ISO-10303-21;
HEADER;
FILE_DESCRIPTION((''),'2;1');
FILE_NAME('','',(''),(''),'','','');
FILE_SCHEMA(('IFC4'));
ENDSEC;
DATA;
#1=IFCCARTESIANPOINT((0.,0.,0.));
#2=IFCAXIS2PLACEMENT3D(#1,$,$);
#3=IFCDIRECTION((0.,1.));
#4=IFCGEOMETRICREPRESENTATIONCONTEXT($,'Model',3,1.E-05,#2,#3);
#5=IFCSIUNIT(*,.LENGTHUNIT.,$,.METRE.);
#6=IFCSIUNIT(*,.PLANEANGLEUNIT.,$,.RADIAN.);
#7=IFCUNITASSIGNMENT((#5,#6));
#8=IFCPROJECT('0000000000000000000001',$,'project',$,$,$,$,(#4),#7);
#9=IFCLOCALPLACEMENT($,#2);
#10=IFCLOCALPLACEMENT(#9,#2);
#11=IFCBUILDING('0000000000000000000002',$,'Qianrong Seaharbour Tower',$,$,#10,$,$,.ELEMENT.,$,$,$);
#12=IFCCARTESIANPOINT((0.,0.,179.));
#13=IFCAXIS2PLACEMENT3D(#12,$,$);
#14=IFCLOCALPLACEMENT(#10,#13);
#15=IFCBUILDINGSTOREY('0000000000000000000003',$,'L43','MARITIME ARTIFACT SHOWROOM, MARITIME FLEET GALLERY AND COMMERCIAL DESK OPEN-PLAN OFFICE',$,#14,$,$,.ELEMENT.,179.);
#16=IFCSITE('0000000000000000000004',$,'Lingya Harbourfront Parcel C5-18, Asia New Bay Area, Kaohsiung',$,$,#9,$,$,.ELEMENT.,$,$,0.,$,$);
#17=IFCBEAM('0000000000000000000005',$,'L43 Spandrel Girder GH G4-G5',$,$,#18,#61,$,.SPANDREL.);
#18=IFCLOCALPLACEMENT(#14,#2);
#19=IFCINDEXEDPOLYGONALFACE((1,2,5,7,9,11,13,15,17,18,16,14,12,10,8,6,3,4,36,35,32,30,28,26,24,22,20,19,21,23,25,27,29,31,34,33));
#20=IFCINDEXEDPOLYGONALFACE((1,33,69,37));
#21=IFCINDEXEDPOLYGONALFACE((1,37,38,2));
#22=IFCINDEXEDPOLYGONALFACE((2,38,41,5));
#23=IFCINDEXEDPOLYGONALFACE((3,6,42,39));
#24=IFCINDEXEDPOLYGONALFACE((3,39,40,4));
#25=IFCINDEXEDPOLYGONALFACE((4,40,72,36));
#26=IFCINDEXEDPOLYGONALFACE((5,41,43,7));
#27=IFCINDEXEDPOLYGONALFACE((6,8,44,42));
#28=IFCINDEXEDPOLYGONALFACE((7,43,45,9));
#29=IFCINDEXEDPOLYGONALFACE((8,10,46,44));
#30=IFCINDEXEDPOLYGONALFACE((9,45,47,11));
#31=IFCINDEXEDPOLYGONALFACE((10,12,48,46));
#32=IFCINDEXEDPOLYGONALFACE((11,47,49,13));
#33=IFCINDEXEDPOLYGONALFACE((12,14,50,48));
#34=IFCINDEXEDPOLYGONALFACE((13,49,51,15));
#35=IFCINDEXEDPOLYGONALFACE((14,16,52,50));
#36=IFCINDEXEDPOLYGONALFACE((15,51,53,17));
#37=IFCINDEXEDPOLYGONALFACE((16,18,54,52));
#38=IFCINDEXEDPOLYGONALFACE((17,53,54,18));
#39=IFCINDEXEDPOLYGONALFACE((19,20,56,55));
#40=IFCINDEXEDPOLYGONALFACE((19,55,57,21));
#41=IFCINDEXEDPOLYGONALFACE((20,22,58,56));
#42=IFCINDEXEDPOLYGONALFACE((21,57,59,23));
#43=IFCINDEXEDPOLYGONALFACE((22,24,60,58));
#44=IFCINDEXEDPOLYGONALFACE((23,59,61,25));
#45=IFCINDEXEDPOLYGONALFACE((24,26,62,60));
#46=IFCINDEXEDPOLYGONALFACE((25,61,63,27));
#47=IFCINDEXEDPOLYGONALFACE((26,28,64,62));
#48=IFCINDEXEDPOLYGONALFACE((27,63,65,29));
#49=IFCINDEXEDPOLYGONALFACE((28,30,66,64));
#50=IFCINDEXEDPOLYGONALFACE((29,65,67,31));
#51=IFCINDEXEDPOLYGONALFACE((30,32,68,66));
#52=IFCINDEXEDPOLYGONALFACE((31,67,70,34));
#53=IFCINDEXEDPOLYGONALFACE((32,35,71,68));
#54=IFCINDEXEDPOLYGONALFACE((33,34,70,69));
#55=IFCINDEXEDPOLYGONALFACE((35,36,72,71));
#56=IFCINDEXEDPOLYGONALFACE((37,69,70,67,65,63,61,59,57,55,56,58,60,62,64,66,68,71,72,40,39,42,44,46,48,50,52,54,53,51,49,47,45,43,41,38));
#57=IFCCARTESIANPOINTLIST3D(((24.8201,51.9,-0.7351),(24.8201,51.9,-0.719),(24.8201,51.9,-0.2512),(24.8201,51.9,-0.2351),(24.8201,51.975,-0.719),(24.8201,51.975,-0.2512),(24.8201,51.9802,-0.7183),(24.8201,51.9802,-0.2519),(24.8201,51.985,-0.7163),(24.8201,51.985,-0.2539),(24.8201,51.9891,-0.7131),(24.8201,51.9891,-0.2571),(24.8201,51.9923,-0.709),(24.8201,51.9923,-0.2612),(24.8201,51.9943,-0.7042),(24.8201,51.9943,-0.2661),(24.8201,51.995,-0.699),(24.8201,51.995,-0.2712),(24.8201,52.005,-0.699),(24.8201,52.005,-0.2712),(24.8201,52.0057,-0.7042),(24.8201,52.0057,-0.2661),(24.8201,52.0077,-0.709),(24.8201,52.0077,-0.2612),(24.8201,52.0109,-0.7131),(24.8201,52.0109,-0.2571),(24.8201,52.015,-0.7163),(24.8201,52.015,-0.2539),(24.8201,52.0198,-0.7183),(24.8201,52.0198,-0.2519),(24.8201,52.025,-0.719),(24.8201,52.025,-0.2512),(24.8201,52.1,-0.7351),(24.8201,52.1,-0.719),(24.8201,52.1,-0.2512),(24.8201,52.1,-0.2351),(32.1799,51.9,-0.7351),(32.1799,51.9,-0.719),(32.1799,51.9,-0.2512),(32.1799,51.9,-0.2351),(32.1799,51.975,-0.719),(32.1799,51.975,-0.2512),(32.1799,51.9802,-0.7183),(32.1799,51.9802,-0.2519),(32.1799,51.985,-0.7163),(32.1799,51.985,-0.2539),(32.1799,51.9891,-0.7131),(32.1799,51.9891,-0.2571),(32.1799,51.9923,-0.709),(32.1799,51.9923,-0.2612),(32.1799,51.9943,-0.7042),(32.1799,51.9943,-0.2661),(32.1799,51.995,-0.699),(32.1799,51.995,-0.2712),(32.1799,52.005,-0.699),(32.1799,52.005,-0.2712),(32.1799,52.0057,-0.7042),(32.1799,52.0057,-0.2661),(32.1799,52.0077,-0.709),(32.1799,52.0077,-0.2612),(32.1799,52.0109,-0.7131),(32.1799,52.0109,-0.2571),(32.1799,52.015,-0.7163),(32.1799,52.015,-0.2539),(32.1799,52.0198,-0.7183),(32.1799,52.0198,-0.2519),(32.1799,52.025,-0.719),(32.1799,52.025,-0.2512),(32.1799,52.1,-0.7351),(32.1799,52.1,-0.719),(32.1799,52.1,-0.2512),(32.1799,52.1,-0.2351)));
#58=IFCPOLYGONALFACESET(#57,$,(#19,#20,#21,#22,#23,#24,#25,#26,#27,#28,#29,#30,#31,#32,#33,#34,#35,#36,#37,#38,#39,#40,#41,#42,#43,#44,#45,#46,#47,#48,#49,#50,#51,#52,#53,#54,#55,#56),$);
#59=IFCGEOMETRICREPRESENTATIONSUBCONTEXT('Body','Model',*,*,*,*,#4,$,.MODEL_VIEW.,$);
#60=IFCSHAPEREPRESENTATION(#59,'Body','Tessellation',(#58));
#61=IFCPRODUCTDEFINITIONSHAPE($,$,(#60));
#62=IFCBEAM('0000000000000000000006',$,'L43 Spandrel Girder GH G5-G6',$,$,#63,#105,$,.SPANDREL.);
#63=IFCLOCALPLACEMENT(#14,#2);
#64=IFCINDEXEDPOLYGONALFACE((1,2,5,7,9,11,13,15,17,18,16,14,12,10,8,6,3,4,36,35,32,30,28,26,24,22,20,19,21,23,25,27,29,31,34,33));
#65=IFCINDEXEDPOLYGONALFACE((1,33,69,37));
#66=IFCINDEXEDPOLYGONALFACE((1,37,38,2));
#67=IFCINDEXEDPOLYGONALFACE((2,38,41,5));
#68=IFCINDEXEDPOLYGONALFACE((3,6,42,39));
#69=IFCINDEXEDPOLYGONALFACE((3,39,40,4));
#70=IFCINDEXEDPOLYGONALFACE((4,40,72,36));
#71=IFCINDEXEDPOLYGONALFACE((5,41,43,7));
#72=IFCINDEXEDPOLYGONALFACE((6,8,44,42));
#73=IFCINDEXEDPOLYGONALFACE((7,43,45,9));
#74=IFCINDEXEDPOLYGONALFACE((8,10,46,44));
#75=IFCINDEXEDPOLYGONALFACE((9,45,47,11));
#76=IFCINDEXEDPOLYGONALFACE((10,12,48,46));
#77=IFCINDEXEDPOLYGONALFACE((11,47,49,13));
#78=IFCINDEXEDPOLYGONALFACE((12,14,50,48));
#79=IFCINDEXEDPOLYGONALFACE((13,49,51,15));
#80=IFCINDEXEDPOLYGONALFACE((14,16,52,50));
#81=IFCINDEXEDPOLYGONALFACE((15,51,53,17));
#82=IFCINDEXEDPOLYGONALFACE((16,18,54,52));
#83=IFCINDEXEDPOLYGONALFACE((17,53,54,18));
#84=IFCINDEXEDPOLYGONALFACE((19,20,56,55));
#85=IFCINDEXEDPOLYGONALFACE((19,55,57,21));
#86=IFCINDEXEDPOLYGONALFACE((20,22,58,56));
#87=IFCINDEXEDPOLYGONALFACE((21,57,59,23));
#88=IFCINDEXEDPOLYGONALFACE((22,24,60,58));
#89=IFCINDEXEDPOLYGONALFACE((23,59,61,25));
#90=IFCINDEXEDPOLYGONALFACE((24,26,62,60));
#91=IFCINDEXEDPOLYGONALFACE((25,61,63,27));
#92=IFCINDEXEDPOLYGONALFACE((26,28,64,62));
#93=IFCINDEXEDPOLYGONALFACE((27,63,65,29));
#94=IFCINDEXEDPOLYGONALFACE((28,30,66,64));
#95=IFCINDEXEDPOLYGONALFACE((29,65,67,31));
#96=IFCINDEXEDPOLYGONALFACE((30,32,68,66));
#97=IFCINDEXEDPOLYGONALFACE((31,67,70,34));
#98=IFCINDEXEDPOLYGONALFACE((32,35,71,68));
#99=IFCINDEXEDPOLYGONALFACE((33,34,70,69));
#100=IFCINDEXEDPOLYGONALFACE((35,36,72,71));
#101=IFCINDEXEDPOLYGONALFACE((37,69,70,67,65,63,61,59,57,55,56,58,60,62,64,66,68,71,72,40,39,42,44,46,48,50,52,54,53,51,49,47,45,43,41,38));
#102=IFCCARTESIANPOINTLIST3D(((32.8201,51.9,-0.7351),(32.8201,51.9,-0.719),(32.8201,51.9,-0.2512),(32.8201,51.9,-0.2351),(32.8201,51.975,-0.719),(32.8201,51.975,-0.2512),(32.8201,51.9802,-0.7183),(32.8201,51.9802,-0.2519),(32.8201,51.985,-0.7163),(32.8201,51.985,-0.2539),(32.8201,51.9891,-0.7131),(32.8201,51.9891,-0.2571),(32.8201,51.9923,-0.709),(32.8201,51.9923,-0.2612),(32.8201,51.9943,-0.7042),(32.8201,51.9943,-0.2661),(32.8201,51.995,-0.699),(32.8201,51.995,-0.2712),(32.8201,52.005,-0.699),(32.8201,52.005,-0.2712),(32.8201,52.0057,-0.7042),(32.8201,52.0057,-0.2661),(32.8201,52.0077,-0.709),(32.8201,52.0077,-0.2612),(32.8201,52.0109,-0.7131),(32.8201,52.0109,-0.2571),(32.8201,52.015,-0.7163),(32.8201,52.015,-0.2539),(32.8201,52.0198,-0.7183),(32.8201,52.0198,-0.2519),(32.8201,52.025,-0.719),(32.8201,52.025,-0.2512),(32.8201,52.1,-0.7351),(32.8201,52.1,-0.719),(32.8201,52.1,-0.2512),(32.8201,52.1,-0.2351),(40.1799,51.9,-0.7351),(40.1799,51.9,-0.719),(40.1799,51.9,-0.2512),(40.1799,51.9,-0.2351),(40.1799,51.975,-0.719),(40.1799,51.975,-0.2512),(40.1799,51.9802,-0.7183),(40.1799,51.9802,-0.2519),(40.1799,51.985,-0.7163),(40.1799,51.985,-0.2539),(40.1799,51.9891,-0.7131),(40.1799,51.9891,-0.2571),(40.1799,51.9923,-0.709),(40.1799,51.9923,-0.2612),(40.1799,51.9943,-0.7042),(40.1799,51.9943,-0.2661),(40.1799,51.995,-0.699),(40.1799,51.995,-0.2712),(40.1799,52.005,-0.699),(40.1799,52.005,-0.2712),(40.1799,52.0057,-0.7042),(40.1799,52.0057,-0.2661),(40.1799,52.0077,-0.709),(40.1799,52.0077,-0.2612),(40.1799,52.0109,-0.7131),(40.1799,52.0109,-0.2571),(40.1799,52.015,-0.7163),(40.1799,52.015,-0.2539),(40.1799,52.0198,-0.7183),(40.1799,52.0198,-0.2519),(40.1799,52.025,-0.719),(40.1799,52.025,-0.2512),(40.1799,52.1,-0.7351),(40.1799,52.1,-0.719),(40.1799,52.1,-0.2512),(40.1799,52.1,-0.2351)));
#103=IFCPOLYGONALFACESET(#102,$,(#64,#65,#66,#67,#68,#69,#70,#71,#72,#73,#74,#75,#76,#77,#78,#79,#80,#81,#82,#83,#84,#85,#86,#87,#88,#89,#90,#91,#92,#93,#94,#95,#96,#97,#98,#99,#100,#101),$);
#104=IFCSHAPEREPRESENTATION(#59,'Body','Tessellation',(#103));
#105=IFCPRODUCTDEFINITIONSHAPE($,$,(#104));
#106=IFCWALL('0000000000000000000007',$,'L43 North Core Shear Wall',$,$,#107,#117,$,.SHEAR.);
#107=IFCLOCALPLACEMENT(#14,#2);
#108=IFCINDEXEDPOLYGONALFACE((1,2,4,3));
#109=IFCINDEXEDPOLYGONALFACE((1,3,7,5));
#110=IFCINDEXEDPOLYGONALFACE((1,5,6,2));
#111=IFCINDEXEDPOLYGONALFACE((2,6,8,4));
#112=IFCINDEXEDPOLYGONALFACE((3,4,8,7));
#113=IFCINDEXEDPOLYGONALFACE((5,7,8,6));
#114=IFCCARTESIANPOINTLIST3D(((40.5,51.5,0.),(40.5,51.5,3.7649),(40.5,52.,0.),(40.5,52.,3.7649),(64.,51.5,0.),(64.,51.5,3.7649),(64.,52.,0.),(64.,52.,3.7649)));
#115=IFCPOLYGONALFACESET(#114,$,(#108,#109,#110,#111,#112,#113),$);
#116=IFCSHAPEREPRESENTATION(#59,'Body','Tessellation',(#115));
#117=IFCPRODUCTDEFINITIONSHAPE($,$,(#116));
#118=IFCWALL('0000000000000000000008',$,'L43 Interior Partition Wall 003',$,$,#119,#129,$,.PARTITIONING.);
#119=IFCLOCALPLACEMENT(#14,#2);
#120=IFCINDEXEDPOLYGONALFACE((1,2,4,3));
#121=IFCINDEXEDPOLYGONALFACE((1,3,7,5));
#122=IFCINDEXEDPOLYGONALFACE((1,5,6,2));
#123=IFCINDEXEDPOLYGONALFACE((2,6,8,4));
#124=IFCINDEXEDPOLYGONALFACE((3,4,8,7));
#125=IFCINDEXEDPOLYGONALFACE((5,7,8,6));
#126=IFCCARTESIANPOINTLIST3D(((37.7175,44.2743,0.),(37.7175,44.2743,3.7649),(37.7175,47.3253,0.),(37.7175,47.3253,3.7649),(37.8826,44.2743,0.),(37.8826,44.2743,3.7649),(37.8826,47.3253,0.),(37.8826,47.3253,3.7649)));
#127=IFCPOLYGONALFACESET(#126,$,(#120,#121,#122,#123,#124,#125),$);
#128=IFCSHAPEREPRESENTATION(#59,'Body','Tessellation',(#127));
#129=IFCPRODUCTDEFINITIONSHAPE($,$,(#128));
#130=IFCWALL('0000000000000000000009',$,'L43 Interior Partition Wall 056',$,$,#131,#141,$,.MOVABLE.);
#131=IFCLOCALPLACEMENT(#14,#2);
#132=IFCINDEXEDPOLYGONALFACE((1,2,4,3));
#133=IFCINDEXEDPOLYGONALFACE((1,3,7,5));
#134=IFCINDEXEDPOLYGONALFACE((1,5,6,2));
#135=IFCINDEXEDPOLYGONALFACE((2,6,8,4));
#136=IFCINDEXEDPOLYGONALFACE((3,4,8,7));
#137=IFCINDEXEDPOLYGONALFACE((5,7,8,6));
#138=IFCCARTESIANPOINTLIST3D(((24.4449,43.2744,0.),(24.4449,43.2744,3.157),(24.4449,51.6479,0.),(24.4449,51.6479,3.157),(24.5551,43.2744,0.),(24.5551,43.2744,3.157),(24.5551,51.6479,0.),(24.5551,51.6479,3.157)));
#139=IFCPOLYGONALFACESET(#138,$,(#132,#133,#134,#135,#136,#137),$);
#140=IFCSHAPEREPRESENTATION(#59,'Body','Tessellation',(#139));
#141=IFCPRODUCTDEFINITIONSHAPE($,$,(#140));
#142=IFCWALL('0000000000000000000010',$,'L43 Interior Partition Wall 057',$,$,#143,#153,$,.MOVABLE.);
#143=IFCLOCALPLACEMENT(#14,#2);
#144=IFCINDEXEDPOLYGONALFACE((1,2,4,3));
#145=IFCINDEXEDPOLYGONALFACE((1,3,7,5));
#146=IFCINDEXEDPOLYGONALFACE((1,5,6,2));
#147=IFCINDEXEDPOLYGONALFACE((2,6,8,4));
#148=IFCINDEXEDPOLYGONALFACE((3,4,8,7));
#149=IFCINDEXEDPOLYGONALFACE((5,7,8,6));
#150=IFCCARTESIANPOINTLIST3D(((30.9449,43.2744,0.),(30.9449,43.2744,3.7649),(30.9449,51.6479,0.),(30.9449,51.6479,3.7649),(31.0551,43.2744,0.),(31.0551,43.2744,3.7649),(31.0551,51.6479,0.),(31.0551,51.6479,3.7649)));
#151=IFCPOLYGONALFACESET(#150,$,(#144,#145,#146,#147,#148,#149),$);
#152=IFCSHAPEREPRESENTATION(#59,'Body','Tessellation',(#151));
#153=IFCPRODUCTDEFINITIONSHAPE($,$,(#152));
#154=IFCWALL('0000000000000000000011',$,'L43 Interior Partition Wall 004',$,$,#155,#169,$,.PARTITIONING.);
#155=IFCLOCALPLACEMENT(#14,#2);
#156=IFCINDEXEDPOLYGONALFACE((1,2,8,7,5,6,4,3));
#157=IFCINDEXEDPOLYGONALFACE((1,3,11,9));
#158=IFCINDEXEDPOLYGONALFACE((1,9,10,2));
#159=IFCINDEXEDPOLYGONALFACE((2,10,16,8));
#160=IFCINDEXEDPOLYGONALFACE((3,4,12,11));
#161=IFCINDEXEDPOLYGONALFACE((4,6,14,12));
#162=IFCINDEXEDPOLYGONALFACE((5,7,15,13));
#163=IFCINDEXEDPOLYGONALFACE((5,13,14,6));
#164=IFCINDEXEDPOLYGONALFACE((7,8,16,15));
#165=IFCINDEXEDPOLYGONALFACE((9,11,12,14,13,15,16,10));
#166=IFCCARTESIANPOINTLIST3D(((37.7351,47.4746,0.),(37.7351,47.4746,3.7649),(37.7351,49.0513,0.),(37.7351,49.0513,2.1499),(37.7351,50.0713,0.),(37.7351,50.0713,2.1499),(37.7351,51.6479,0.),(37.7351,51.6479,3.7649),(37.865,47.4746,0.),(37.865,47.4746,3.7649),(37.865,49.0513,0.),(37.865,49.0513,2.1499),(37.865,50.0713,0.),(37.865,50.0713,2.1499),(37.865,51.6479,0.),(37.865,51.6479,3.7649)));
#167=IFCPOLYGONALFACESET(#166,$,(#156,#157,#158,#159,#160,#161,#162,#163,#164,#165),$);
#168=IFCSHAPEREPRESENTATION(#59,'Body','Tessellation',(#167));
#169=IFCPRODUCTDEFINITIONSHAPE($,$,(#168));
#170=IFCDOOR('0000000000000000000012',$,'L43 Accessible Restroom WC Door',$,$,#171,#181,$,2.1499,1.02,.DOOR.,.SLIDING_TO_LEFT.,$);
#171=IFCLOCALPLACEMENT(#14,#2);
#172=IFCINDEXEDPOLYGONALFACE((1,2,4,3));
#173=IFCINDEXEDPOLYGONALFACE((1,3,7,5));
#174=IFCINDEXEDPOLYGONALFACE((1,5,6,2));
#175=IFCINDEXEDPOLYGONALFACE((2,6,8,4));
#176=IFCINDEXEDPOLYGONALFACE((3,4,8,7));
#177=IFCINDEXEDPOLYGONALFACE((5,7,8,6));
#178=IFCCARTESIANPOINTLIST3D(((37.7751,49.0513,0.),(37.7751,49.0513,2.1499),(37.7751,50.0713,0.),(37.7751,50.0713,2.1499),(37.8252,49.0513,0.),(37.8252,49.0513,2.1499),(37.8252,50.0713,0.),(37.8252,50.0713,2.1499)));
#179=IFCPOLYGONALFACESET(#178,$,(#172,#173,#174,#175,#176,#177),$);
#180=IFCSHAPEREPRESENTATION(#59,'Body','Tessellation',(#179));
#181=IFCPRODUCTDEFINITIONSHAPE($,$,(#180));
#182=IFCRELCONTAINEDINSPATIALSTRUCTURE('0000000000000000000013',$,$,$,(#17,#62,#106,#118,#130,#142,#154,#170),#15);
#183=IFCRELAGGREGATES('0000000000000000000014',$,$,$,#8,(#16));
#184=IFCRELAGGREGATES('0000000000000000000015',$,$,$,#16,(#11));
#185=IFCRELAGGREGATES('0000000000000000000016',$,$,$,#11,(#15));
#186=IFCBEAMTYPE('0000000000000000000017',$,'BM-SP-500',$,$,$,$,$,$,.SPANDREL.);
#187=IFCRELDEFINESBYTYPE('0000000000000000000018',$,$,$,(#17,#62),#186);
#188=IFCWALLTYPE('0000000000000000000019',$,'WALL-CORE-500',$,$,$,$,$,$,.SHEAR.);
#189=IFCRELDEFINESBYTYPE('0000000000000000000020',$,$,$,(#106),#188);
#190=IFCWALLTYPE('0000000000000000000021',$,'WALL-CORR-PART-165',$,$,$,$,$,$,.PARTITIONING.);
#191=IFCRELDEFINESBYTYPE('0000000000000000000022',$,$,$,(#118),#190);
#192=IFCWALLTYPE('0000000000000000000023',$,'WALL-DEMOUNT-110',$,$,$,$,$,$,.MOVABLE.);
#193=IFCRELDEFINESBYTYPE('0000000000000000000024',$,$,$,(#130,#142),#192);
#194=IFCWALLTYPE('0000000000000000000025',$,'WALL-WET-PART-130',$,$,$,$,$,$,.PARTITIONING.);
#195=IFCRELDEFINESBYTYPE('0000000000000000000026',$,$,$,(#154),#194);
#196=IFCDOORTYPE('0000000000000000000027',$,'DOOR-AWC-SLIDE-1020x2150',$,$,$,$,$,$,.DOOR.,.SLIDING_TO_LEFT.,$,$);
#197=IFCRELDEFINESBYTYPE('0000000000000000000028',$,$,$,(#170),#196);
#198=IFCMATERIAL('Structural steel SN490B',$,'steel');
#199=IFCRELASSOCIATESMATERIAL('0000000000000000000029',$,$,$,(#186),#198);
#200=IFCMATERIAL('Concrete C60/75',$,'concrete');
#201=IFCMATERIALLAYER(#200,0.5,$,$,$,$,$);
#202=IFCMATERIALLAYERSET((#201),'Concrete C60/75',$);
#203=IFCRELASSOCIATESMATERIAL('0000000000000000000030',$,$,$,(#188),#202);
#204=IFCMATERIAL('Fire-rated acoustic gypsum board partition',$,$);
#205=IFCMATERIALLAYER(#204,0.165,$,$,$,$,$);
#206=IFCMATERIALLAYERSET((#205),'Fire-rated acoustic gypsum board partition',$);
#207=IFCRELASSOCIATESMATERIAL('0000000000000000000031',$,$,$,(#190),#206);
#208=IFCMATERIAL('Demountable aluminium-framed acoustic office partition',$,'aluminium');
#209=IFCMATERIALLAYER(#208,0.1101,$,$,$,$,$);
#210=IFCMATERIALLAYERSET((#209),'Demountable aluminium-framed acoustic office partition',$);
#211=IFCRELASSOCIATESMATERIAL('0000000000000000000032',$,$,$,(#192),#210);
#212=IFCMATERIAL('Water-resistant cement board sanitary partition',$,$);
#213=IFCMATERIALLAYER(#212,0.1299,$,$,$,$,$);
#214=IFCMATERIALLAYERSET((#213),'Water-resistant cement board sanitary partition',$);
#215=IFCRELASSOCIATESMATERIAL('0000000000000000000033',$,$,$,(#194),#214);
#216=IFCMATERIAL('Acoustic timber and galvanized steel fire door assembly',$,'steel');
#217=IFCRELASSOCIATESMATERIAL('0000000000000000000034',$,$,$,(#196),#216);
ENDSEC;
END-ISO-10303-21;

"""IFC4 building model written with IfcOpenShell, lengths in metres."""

from ifc_helpers import new_model, si_unit, direction, frame, frame_2d, origin, origin_2d, place, context, subcontext, project, spatial, rectangle, i_section, extrude, material, layer, layer_set, material_profile, profile_set, type_object, element, fill, save


model = new_model("IFC4")

# Units and contexts
model_context = context("Model", 3, precision=1e-05, world=origin(), true_north=direction((0.0, 1.0)))
body_context = subcontext(model_context, "Body", "Model", "MODEL_VIEW")
ifc_project = project(units=[si_unit("LENGTHUNIT", "METRE"), si_unit("PLANEANGLEUNIT", "RADIAN")], contexts=[model_context])

# Site, building, storey
site_placement = place(None, origin())
site = spatial("IfcSite", under=ifc_project, at=site_placement, Name="Lingya Harbourfront Parcel C5-18, Asia New Bay Area, Kaohsiung", CompositionType="ELEMENT", RefElevation=0.0)
building_placement = place(site_placement, origin())
building = spatial("IfcBuilding", under=site, at=building_placement, Name="Qianrong Seaharbour Tower", CompositionType="ELEMENT")
storey_placement = place(building_placement, frame((0.0, 0.0, 179.0)))
storey = spatial("IfcBuildingStorey", under=building, at=storey_placement, Name="L43", Description="MARITIME ARTIFACT SHOWROOM, MARITIME FLEET GALLERY AND COMMERCIAL DESK OPEN-PLAN OFFICE", CompositionType="ELEMENT", Elevation=179.0)

# Shared definitions
ifc_material_1 = material(Name="Structural steel SN490B", Category="steel")

# Beams
ifc_material_profile_1 = material_profile(ifc_material_1, i_section(OverallWidth=0.2, OverallDepth=0.5, WebThickness=0.01, FlangeThickness=0.0161, FilletRadius=0.02, at=origin_2d()), Name="H500x200x10x16")
ifc_profile_set_1 = profile_set([ifc_material_profile_1], Name="Structural steel SN490B")
beam_type_1 = type_object("IfcBeamType", Name="BM-SP-500", PredefinedType="SPANDREL", material=ifc_profile_set_1)
for number, where, z_axis, x_axis, name in (
    (1, (24.8201, 52.0, -0.4851), (1.0, 0.0, 0.0), (0.0, 1.0, 0.0), "L43 Spandrel Girder GH G4-G5"),
    (2, (32.8201, 52.0, -0.4851), (1.0, 0.0, 0.0), (0.0, 1.0, 0.0), "L43 Spandrel Girder GH G5-G6"),
):
    element("IfcBeam", number, at=place(storey_placement, frame(where, z_axis=z_axis, x_axis=x_axis)), inside=storey, type_object=beam_type_1, Name=name, PredefinedType="SPANDREL", context=body_context, shape_type="SweptSolid", body=[
        extrude(i_section(OverallWidth=0.2, OverallDepth=0.5, WebThickness=0.01, FlangeThickness=0.0161, FilletRadius=0.02, at=origin_2d()), origin(), (0.0, 0.0, 1.0), 7.3599),
    ])

# Wall
ifc_material_2 = material(Name="Concrete C60/75", Category="concrete")
ifc_layer_1 = layer(ifc_material_2, 0.5)
ifc_layer_set_1 = layer_set([ifc_layer_1], Name="Concrete C60/75")
wall_type_1 = type_object("IfcWallType", Name="WALL-CORE-500", PredefinedType="SHEAR", material=ifc_layer_set_1)
wall_1_placement = place(storey_placement, frame((40.5, 51.75, 0.0), z_axis=(0.0, 0.0, 1.0), x_axis=(1.0, 0.0, 0.0)))
element("IfcWall", 3, at=wall_1_placement, inside=storey, type_object=wall_type_1, Name="L43 North Core Shear Wall", PredefinedType="SHEAR", context=body_context, shape_type="SweptSolid", body=[
    extrude(rectangle(XDim=23.5, YDim=0.5, at=frame_2d((11.75, 0.0))), origin(), (0.0, 0.0, 1.0), 3.7649),
])

# Shared definitions
ifc_material_3 = material(Name="Fire-rated acoustic gypsum board partition")
ifc_layer_2 = layer(ifc_material_3, 0.165)
ifc_layer_set_2 = layer_set([ifc_layer_2], Name="Fire-rated acoustic gypsum board partition")
wall_type_2 = type_object("IfcWallType", Name="WALL-CORR-PART-165", PredefinedType="PARTITIONING", material=ifc_layer_set_2)
ifc_material_4 = material(Name="Acoustic timber and galvanized steel fire door assembly", Category="steel")

# Walls
wall_2_placement = place(storey_placement, frame((37.8, 44.2744, 0.0), z_axis=(0.0, 0.0, 1.0), x_axis=(0.0, 1.0, 0.0)))
element("IfcWall", 4, at=wall_2_placement, inside=storey, type_object=wall_type_2, Name="L43 Interior Partition Wall 003", PredefinedType="PARTITIONING", context=body_context, shape_type="SweptSolid", body=[
    extrude(rectangle(XDim=3.051, YDim=0.165, at=frame_2d((1.5254, 0.0))), origin(), (0.0, 0.0, 1.0), 3.7649),
])
ifc_material_5 = material(Name="Demountable aluminium-framed acoustic office partition", Category="aluminium")
ifc_layer_3 = layer(ifc_material_5, 0.1101)
ifc_layer_set_3 = layer_set([ifc_layer_3], Name="Demountable aluminium-framed acoustic office partition")
wall_type_3 = type_object("IfcWallType", Name="WALL-DEMOUNT-110", PredefinedType="MOVABLE", material=ifc_layer_set_3)
wall_3_placement = place(storey_placement, frame((24.5, 51.6479, 0.0), z_axis=(0.0, 0.0, 1.0), x_axis=(0.0, -1.0, 0.0)))
element("IfcWall", 5, at=wall_3_placement, inside=storey, type_object=wall_type_3, Name="L43 Interior Partition Wall 056", PredefinedType="MOVABLE", context=body_context, shape_type="SweptSolid", body=[
    extrude(rectangle(XDim=8.3735, YDim=0.1101, at=frame_2d((4.1868, 0.0))), origin(), (0.0, 0.0, 1.0), 3.157),
])
wall_4_placement = place(storey_placement, frame((31.0, 51.6479, 0.0), z_axis=(0.0, 0.0, 1.0), x_axis=(0.0, -1.0, 0.0)))
element("IfcWall", 6, at=wall_4_placement, inside=storey, type_object=wall_type_3, Name="L43 Interior Partition Wall 057", PredefinedType="MOVABLE", context=body_context, shape_type="SweptSolid", body=[
    extrude(rectangle(XDim=8.3735, YDim=0.1101, at=frame_2d((4.1868, 0.0))), origin(), (0.0, 0.0, 1.0), 3.7649),
])

# Wall, opening, door
ifc_material_6 = material(Name="Water-resistant cement board sanitary partition")
ifc_layer_4 = layer(ifc_material_6, 0.1299)
ifc_layer_set_4 = layer_set([ifc_layer_4], Name="Water-resistant cement board sanitary partition")
wall_type_4 = type_object("IfcWallType", Name="WALL-WET-PART-130", PredefinedType="PARTITIONING", material=ifc_layer_set_4)
wall_5_placement = place(storey_placement, frame((37.8, 47.4746, 0.0), z_axis=(0.0, 0.0, 1.0), x_axis=(0.0, 1.0, 0.0)))
wall_5 = element("IfcWall", 7, at=wall_5_placement, inside=storey, type_object=wall_type_4, Name="L43 Interior Partition Wall 004", PredefinedType="PARTITIONING", context=body_context, shape_type="SweptSolid", body=[
    extrude(rectangle(XDim=4.1733, YDim=0.1299, at=frame_2d((2.0867, 0.0))), origin(), (0.0, 0.0, 1.0), 3.7649),
])
opening_1_placement = place(wall_5_placement, frame((1.5767, 0.0, 0.0)))
opening_1 = element("IfcOpeningElement", 8, at=opening_1_placement, cuts=wall_5, PredefinedType="OPENING", context=body_context, shape_type="SweptSolid", body=[
    extrude(rectangle(XDim=1.02, YDim=2.1499, at=frame_2d((0.51, 1.075))), frame((0.0, 0.075, 0.0), z_axis=(0.0, -1.0, 0.0), x_axis=(1.0, 0.0, 0.0)), (0.0, 0.0, 1.0), 0.1499),
])
door_type_1 = type_object("IfcDoorType", Name="DOOR-AWC-SLIDE-1020x2150", OperationType="SLIDING_TO_LEFT", PredefinedType="DOOR", material=ifc_material_4)
door_1_placement = place(opening_1_placement, origin())
door_1 = element("IfcDoor", 9, at=door_1_placement, inside=storey, type_object=door_type_1, Name="L43 Accessible Restroom WC Door", OperationType="SLIDING_TO_LEFT", OverallHeight=2.1499, OverallWidth=1.02, PredefinedType="DOOR", context=body_context, shape_type="SweptSolid", body=[
    extrude(rectangle(XDim=1.02, YDim=2.1499, at=frame_2d((0.51, 1.075))), frame((0.0, 0.0249, 0.0), z_axis=(0.0, -1.0, 0.0), x_axis=(1.0, 0.0, 0.0)), (0.0, 0.0, 1.0), 0.05),
])
fill(opening_1, door_1)

save(model, "model.ifc")
